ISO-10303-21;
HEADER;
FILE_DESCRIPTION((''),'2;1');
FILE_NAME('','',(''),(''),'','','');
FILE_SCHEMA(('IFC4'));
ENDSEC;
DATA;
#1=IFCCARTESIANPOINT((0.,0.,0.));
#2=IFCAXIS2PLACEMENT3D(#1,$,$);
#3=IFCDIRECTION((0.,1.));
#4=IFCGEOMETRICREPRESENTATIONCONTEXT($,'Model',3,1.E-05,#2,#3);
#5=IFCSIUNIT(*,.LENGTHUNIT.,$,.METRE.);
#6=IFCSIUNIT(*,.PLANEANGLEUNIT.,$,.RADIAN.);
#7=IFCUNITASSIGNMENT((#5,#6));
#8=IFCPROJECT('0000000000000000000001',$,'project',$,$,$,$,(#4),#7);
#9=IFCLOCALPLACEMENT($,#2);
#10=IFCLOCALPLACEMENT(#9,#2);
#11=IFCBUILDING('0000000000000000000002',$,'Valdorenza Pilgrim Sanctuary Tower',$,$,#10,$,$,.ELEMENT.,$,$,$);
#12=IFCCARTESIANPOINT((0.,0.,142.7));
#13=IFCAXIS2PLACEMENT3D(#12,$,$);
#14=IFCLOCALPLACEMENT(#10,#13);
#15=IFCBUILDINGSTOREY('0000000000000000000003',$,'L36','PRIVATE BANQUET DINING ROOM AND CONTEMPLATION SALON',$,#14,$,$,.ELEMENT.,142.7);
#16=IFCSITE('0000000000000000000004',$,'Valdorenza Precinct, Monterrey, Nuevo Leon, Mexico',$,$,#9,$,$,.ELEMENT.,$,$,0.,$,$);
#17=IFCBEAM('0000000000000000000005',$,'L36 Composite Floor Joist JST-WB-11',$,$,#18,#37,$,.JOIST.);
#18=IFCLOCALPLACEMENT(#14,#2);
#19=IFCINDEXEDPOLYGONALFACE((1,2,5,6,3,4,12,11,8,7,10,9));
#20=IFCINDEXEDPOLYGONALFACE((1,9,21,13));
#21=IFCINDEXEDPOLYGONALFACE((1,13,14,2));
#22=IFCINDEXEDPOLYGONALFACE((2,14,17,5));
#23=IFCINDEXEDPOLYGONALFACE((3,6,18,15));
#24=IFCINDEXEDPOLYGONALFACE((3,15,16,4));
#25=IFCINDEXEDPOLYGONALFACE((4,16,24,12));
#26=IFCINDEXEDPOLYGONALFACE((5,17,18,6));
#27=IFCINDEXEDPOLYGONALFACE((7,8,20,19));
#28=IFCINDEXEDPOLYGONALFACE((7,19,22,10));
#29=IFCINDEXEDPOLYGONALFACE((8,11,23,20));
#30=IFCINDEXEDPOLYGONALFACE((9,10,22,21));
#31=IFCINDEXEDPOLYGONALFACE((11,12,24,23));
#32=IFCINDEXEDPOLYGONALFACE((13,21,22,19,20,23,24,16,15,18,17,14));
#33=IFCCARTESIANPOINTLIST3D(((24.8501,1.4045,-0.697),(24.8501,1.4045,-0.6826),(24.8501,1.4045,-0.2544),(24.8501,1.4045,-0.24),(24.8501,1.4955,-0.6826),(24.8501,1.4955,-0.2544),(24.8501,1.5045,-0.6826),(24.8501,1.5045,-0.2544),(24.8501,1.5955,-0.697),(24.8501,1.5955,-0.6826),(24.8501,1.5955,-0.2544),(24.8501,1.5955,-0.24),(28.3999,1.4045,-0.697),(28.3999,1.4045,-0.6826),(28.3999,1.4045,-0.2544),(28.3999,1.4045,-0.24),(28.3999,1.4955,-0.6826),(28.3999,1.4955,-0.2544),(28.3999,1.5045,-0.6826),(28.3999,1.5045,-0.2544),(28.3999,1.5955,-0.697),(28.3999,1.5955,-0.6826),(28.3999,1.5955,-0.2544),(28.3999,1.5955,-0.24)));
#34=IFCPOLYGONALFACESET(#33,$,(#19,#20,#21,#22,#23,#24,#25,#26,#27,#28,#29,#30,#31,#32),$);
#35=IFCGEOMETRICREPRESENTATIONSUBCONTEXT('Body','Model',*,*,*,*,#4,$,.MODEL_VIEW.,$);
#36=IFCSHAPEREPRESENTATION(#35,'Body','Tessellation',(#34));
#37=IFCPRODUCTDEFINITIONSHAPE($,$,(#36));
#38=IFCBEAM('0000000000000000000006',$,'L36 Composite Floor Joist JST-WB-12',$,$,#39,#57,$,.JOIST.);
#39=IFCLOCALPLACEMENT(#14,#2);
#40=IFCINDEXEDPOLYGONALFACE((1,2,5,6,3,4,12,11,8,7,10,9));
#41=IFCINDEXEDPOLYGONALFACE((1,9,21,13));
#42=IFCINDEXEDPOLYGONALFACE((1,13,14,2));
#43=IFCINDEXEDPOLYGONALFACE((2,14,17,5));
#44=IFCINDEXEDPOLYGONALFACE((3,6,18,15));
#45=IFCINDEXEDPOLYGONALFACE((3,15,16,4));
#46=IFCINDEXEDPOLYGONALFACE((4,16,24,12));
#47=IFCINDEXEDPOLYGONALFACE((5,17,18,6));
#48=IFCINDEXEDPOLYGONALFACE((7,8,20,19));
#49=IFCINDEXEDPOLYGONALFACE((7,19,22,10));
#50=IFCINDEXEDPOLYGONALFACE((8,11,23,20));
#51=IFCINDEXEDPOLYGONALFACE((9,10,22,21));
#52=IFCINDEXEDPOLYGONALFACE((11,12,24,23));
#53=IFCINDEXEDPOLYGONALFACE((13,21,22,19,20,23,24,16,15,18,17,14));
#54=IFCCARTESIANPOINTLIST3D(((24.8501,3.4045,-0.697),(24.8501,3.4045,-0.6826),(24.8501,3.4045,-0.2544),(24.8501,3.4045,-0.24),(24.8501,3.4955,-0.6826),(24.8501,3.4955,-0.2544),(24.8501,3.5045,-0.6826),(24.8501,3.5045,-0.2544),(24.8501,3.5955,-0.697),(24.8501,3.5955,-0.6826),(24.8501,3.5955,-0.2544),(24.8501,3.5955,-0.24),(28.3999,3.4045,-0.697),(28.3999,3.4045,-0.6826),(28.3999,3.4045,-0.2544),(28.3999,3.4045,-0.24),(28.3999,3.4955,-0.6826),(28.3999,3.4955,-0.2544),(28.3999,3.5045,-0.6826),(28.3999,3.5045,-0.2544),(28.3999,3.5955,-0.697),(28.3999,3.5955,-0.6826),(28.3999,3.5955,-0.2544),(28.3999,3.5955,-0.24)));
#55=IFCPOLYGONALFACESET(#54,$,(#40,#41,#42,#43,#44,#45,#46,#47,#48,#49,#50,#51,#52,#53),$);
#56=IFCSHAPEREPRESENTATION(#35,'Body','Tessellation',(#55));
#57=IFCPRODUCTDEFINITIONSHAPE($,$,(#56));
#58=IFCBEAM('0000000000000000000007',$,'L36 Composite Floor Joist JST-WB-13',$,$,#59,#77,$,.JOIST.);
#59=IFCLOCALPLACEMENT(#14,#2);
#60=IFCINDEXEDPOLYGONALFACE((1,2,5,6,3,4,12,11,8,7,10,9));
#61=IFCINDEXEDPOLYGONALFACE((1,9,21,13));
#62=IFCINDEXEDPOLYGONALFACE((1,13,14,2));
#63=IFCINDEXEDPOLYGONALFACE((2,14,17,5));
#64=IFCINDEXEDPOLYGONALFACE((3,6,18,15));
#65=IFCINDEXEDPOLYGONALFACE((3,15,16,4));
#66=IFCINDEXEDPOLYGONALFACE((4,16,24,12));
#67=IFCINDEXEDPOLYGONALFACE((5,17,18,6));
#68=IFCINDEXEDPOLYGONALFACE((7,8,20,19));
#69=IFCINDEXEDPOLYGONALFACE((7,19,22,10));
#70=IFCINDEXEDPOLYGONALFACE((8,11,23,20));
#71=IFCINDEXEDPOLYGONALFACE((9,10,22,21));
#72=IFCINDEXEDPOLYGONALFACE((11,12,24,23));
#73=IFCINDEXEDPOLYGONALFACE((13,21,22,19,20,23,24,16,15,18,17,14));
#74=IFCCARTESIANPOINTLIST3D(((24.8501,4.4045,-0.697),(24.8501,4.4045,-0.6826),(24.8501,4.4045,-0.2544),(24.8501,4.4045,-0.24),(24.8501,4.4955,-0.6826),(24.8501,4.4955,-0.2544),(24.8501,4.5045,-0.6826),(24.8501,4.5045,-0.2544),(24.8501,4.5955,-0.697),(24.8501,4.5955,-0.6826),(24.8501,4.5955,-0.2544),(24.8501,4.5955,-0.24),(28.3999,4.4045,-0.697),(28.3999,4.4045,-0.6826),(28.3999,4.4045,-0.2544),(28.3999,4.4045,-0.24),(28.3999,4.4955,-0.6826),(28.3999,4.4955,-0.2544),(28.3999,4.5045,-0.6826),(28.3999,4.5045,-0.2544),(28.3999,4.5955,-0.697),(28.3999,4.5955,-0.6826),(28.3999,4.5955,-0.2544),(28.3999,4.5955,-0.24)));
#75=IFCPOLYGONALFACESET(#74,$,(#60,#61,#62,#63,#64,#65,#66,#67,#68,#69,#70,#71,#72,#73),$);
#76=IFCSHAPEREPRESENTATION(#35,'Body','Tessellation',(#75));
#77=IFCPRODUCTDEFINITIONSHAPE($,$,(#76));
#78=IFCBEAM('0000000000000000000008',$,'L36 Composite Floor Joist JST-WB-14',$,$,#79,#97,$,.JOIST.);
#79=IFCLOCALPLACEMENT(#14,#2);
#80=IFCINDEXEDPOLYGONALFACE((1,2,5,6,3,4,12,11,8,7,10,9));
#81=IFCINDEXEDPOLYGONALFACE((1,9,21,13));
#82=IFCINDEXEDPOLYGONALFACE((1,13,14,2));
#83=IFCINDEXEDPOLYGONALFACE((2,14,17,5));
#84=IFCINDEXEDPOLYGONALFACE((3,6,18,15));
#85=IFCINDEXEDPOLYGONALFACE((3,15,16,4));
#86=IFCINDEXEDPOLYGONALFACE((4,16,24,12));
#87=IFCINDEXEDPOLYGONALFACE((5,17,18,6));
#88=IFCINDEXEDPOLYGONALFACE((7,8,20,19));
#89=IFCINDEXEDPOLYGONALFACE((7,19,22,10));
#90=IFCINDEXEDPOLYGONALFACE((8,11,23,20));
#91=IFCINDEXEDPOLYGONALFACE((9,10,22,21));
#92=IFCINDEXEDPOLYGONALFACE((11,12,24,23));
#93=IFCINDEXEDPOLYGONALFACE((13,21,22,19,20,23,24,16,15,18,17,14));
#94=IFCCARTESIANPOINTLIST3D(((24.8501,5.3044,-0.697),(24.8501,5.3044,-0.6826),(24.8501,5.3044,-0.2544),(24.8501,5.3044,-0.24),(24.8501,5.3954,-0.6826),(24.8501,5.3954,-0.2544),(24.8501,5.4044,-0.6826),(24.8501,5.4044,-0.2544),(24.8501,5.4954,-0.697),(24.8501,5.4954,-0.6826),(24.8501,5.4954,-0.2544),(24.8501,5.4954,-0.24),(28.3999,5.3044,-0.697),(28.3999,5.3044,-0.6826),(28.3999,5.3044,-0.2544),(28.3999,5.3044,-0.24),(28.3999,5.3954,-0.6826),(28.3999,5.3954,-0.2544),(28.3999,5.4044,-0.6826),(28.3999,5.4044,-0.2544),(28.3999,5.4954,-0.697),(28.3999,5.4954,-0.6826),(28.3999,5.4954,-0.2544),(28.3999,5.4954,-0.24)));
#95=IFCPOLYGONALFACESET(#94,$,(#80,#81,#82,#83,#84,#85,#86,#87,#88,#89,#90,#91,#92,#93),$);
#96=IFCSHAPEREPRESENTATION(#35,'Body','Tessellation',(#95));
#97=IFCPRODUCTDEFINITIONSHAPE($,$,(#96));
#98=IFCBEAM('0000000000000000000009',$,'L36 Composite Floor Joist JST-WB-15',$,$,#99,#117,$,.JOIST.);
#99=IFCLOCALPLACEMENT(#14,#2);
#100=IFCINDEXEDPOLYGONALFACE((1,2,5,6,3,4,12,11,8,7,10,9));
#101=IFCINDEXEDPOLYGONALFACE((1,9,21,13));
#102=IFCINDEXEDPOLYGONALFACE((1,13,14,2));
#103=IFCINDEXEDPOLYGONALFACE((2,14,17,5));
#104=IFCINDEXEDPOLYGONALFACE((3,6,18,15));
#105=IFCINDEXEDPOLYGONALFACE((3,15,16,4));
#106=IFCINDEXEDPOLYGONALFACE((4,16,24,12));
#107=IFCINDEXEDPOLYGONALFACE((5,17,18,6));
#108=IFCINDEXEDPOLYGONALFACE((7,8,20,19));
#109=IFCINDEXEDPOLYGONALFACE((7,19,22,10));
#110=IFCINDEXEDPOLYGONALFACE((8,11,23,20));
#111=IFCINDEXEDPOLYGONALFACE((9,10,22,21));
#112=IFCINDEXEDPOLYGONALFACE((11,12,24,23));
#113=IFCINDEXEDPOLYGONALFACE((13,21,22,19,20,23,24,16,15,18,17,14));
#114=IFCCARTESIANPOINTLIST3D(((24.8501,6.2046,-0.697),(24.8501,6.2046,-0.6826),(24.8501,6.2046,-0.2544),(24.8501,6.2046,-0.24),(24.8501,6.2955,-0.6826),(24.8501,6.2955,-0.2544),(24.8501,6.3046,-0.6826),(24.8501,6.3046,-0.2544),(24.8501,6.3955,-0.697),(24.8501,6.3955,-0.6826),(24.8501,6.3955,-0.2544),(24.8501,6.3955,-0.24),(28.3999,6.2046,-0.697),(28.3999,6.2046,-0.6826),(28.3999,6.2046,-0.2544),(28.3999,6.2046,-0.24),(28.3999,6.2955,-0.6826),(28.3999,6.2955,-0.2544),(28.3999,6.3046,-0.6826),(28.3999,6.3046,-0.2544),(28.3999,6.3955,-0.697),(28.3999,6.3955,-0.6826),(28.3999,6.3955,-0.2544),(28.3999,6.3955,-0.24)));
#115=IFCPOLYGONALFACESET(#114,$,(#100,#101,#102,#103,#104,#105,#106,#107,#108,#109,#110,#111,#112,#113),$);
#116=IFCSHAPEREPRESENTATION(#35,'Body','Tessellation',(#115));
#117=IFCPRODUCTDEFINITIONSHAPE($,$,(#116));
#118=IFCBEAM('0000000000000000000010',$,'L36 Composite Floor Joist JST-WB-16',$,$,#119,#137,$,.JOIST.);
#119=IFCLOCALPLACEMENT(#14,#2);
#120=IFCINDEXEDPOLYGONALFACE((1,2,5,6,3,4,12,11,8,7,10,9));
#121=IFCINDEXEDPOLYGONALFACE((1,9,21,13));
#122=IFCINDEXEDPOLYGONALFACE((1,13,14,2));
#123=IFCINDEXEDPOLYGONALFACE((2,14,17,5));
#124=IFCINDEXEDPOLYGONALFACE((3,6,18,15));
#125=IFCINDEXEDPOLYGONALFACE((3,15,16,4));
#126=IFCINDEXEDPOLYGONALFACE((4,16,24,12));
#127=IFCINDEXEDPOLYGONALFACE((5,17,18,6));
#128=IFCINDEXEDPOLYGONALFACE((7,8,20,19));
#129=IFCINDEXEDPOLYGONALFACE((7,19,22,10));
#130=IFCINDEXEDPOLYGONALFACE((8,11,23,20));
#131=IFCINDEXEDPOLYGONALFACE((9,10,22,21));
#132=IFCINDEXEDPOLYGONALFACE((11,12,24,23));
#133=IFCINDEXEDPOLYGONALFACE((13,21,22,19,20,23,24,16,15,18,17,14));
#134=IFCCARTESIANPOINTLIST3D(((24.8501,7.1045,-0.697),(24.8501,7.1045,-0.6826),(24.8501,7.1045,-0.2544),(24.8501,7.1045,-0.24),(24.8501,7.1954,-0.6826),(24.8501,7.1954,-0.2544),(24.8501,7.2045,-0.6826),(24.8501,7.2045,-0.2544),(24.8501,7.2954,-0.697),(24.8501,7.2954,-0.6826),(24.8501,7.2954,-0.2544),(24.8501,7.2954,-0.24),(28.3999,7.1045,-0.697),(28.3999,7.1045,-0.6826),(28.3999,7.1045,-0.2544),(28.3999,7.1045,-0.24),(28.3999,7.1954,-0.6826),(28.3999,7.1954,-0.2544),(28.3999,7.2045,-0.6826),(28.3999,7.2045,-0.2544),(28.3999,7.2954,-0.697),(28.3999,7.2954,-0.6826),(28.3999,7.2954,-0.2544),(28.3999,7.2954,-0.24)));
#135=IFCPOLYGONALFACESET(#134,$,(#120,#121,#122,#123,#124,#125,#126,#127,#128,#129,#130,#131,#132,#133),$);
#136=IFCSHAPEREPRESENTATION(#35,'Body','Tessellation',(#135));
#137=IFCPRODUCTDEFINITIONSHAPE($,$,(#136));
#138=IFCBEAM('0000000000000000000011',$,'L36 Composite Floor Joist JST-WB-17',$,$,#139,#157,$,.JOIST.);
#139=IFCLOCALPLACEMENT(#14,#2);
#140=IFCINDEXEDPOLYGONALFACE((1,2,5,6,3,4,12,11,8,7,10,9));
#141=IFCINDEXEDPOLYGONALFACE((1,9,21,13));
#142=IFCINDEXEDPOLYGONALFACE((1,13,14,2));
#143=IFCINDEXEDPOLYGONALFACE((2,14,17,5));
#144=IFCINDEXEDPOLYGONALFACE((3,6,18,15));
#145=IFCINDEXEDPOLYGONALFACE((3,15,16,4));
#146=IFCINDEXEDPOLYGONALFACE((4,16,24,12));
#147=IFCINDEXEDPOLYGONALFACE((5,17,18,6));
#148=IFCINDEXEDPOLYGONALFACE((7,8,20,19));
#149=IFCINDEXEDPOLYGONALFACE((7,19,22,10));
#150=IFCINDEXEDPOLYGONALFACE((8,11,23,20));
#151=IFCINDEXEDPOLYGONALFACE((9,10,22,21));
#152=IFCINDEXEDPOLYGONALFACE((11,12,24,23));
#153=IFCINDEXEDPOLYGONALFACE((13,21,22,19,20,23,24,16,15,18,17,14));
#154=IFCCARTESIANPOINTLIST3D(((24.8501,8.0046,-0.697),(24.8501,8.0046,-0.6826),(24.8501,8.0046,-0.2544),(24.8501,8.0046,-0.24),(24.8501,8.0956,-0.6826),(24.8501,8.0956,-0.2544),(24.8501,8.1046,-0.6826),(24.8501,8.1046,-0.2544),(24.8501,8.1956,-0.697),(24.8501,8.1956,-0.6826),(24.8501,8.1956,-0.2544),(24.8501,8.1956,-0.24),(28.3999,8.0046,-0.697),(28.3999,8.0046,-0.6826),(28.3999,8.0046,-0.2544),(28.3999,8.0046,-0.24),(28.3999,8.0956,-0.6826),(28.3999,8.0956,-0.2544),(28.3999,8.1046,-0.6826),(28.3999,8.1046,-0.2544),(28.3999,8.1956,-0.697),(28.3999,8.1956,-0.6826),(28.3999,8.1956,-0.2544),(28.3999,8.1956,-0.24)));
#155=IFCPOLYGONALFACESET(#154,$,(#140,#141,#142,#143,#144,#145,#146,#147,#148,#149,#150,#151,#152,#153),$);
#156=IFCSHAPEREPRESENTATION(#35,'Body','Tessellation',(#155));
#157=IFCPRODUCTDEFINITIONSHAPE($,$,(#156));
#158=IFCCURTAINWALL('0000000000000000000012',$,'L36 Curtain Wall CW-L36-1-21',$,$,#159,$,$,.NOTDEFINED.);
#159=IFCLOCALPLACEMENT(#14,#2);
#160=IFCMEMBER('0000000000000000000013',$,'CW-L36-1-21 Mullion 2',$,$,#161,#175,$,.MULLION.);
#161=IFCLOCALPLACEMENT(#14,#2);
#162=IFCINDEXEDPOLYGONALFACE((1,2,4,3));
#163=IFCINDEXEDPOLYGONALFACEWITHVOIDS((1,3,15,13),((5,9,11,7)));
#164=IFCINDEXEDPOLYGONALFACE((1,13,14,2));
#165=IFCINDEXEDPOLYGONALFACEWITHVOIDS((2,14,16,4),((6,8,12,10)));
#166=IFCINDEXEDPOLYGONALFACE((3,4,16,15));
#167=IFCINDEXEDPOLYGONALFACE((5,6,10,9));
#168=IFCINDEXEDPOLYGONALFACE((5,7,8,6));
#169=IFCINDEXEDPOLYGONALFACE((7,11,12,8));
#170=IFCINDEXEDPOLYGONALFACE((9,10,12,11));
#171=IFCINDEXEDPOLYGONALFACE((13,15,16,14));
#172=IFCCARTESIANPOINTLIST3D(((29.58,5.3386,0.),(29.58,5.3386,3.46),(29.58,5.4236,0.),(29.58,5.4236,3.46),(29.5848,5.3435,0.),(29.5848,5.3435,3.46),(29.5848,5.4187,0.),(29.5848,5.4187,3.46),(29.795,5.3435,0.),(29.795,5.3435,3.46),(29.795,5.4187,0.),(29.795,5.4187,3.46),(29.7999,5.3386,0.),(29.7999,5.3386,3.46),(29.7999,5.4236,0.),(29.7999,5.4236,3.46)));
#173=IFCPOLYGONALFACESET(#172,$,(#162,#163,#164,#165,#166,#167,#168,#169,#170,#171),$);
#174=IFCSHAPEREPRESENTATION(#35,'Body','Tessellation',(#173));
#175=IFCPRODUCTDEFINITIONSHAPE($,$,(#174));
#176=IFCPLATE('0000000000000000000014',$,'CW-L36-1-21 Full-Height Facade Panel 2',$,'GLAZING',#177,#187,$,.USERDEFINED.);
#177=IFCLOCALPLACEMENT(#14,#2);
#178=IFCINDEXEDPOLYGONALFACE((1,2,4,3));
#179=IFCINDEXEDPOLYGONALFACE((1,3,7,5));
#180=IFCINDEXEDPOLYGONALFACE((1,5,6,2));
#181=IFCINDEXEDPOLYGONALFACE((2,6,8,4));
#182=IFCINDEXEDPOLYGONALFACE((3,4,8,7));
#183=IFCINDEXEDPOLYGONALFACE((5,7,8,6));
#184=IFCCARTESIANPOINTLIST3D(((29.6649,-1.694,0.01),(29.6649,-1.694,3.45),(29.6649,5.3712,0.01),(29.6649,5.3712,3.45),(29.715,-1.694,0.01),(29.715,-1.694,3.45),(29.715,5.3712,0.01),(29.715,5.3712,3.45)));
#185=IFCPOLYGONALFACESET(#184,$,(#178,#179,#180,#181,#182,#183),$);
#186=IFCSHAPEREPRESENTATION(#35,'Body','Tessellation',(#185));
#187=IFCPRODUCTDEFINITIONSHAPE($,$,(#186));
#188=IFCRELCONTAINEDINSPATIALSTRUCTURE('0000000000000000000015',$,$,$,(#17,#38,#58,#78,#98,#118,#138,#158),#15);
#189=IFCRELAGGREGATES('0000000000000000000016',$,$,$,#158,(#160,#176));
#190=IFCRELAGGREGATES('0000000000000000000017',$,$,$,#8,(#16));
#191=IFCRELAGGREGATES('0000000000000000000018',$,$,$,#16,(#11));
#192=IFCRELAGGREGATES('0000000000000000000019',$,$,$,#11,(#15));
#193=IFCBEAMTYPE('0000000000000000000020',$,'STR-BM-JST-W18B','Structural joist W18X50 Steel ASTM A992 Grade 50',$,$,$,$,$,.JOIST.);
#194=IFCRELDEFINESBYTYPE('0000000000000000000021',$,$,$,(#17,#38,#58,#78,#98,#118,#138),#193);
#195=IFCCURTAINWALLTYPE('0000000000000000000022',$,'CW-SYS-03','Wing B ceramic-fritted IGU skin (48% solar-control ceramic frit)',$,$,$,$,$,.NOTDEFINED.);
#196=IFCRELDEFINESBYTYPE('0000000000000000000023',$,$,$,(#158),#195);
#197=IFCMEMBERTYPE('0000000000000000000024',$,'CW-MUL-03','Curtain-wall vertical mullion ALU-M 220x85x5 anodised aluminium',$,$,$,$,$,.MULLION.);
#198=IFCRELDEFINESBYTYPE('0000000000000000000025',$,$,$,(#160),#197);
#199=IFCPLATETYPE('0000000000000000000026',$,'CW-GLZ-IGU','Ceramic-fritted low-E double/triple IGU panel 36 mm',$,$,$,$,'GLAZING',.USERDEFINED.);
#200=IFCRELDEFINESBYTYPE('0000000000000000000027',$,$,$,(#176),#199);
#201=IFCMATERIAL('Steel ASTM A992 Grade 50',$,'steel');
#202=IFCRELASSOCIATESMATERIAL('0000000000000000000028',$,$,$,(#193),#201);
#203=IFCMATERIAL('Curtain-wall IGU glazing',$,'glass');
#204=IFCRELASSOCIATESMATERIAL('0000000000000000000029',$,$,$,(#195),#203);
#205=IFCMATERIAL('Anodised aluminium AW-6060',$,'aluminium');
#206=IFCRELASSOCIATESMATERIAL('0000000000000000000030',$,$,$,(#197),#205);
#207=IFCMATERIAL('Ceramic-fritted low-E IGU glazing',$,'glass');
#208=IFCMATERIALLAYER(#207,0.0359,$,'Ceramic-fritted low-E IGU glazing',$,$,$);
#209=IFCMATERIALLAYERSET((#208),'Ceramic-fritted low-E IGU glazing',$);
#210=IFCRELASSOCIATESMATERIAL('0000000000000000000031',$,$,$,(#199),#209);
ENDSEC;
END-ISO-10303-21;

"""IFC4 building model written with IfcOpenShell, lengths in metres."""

from ifc_helpers import new_model, si_unit, direction, frame, origin, origin_2d, place, context, subcontext, project, spatial, rectangle, hollow_rectangle, i_section, extrude, source, transform, mapped, material, layer, layer_set, material_profile, profile_set, type_object, element, aggregate, save


model = new_model("IFC4")

# Units and contexts
model_context = context("Model", 3, precision=1e-05, world=origin(), true_north=direction((0.0, 1.0)))
body_context = subcontext(model_context, "Body", "Model", "MODEL_VIEW")
ifc_project = project(units=[si_unit("LENGTHUNIT", "METRE"), si_unit("PLANEANGLEUNIT", "RADIAN")], contexts=[model_context])

# Site, building, storey
site_placement = place(None, origin())
site = spatial("IfcSite", under=ifc_project, at=site_placement, Name="Valdorenza Precinct, Monterrey, Nuevo Leon, Mexico", CompositionType="ELEMENT", RefElevation=0.0)
building_placement = place(site_placement, origin())
building = spatial("IfcBuilding", under=site, at=building_placement, Name="Valdorenza Pilgrim Sanctuary Tower", CompositionType="ELEMENT")
storey_placement = place(building_placement, frame((0.0, 0.0, 142.7)))
storey = spatial("IfcBuildingStorey", under=building, at=storey_placement, Name="L36", Description="PRIVATE BANQUET DINING ROOM AND CONTEMPLATION SALON", CompositionType="ELEMENT", Elevation=142.7)

# Beams
ifc_material_1 = material(Name="Steel ASTM A992 Grade 50", Category="steel")
ifc_material_profile_1 = material_profile(ifc_material_1, i_section(OverallWidth=0.1909, OverallDepth=0.457, WebThickness=0.009, FlangeThickness=0.0144, at=origin_2d()), Name="W18X50")
ifc_profile_set_1 = profile_set([ifc_material_profile_1], Name="Steel ASTM A992 Grade 50")
beam_type = type_object("IfcBeamType", Name="STR-BM-JST-W18B", Description="Structural joist W18X50 Steel ASTM A992 Grade 50", PredefinedType="JOIST", material=ifc_profile_set_1)
shared_shape_1 = source(origin(), body_context, "Body", "SweptSolid", [
    extrude(i_section(OverallWidth=0.1909, OverallDepth=0.457, WebThickness=0.009, FlangeThickness=0.0144, at=origin_2d()), origin(), (0.0, 0.0, 1.0), 3.5498),
])
for number, where, z_axis, x_axis, name in (
    (1, (24.8501, 1.5, -0.4685), (1.0, 0.0, 0.0), (0.0, 1.0, 0.0), "L36 Composite Floor Joist JST-WB-11"),
    (2, (24.8501, 3.5, -0.4685), (1.0, 0.0, 0.0), (0.0, 1.0, 0.0), "L36 Composite Floor Joist JST-WB-12"),
    (3, (24.8501, 4.5, -0.4685), (1.0, 0.0, 0.0), (0.0, 1.0, 0.0), "L36 Composite Floor Joist JST-WB-13"),
    (4, (24.8501, 5.3999, -0.4685), (1.0, 0.0, 0.0), (0.0, 1.0, 0.0), "L36 Composite Floor Joist JST-WB-14"),
    (5, (24.8501, 6.3, -0.4685), (1.0, 0.0, 0.0), (0.0, 1.0, 0.0), "L36 Composite Floor Joist JST-WB-15"),
    (6, (24.8501, 7.2, -0.4685), (1.0, 0.0, 0.0), (0.0, 1.0, 0.0), "L36 Composite Floor Joist JST-WB-16"),
    (7, (24.8501, 8.1001, -0.4685), (1.0, 0.0, 0.0), (0.0, 1.0, 0.0), "L36 Composite Floor Joist JST-WB-17"),
):
    element("IfcBeam", number, at=place(storey_placement, frame(where, z_axis=z_axis, x_axis=x_axis)), inside=storey, type_object=beam_type, Name=name, PredefinedType="JOIST", context=body_context, shape_type="MappedRepresentation", body=[
        mapped(shared_shape_1, transform((0.0, 0.0, 0.0), x_axis=(1.0, 0.0, 0.0), y_axis=(0.0, 1.0, 0.0), z_axis=(0.0, 0.0, 1.0), scale=1.0)),
    ])

# Curtain wall, member, plate
ifc_material_2 = material(Name="Curtain-wall IGU glazing", Category="glass")
curtain_wall_type = type_object("IfcCurtainWallType", Name="CW-SYS-03", Description="Wing B ceramic-fritted IGU skin (48% solar-control ceramic frit)", PredefinedType="NOTDEFINED", material=ifc_material_2)
curtain_wall_placement = place(storey_placement, origin())
curtain_wall = element("IfcCurtainWall", 8, at=curtain_wall_placement, inside=storey, type_object=curtain_wall_type, Name="L36 Curtain Wall CW-L36-1-21", PredefinedType="NOTDEFINED")
ifc_material_3 = material(Name="Anodised aluminium AW-6060", Category="aluminium")
ifc_material_profile_2 = material_profile(ifc_material_3, hollow_rectangle(XDim=0.085, YDim=0.22, WallThickness=0.0049, at=origin_2d()), Name="ALU-M 220x85x5")
ifc_profile_set_2 = profile_set([ifc_material_profile_2], Name="Anodised aluminium AW-6060")
member_type = type_object("IfcMemberType", Name="CW-MUL-03", Description="Curtain-wall vertical mullion ALU-M 220x85x5 anodised aluminium", PredefinedType="MULLION", material=ifc_profile_set_2)
shared_shape_2 = source(origin(), body_context, "Body", "SweptSolid", [
    extrude(hollow_rectangle(XDim=0.085, YDim=0.22, WallThickness=0.0049, at=origin_2d()), origin(), (0.0, 0.0, 1.0), 3.46),
])
member_placement = place(storey_placement, frame((29.6899, 5.3811, 0.0), z_axis=(0.0, 0.0, 1.0), x_axis=(0.0, -1.0, 0.0)))
member = element("IfcMember", 9, at=member_placement, type_object=member_type, Name="CW-L36-1-21 Mullion 2", PredefinedType="MULLION", context=body_context, shape_type="MappedRepresentation", body=[
    mapped(shared_shape_2, transform((0.0, 0.0, 0.0), x_axis=(1.0, 0.0, 0.0), y_axis=(0.0, 1.0, 0.0), z_axis=(0.0, 0.0, 1.0), scale=1.0)),
])
ifc_material_4 = material(Name="Ceramic-fritted low-E IGU glazing", Category="glass")
ifc_layer_1 = layer(ifc_material_4, 0.0359, Name="Ceramic-fritted low-E IGU glazing")
ifc_layer_set_1 = layer_set([ifc_layer_1], Name="Ceramic-fritted low-E IGU glazing")
plate_type = type_object("IfcPlateType", Name="CW-GLZ-IGU", Description="Ceramic-fritted low-E double/triple IGU panel 36 mm", ElementType="GLAZING", PredefinedType="USERDEFINED", material=ifc_layer_set_1)
shared_shape_3 = source(origin(), body_context, "Body", "SweptSolid", [
    extrude(rectangle(XDim=7.0652, YDim=0.05, at=origin_2d()), origin(), (0.0, 0.0, 1.0), 3.4399),
])
plate_placement = place(storey_placement, frame((29.6899, 1.8386, 0.01), z_axis=(0.0, 0.0, 1.0), x_axis=(0.0, -1.0, 0.0)))
plate = element("IfcPlate", 10, at=plate_placement, type_object=plate_type, Name="CW-L36-1-21 Full-Height Facade Panel 2", ObjectType="GLAZING", PredefinedType="USERDEFINED", context=body_context, shape_type="MappedRepresentation", body=[
    mapped(shared_shape_3, transform((0.0, 0.0, 0.0), x_axis=(1.0, 0.0, 0.0), y_axis=(0.0, 1.0, 0.0), z_axis=(0.0, 0.0, 1.0), scale=1.0)),
])
aggregate(curtain_wall, [member, plate])

save(model, "model.ifc")
